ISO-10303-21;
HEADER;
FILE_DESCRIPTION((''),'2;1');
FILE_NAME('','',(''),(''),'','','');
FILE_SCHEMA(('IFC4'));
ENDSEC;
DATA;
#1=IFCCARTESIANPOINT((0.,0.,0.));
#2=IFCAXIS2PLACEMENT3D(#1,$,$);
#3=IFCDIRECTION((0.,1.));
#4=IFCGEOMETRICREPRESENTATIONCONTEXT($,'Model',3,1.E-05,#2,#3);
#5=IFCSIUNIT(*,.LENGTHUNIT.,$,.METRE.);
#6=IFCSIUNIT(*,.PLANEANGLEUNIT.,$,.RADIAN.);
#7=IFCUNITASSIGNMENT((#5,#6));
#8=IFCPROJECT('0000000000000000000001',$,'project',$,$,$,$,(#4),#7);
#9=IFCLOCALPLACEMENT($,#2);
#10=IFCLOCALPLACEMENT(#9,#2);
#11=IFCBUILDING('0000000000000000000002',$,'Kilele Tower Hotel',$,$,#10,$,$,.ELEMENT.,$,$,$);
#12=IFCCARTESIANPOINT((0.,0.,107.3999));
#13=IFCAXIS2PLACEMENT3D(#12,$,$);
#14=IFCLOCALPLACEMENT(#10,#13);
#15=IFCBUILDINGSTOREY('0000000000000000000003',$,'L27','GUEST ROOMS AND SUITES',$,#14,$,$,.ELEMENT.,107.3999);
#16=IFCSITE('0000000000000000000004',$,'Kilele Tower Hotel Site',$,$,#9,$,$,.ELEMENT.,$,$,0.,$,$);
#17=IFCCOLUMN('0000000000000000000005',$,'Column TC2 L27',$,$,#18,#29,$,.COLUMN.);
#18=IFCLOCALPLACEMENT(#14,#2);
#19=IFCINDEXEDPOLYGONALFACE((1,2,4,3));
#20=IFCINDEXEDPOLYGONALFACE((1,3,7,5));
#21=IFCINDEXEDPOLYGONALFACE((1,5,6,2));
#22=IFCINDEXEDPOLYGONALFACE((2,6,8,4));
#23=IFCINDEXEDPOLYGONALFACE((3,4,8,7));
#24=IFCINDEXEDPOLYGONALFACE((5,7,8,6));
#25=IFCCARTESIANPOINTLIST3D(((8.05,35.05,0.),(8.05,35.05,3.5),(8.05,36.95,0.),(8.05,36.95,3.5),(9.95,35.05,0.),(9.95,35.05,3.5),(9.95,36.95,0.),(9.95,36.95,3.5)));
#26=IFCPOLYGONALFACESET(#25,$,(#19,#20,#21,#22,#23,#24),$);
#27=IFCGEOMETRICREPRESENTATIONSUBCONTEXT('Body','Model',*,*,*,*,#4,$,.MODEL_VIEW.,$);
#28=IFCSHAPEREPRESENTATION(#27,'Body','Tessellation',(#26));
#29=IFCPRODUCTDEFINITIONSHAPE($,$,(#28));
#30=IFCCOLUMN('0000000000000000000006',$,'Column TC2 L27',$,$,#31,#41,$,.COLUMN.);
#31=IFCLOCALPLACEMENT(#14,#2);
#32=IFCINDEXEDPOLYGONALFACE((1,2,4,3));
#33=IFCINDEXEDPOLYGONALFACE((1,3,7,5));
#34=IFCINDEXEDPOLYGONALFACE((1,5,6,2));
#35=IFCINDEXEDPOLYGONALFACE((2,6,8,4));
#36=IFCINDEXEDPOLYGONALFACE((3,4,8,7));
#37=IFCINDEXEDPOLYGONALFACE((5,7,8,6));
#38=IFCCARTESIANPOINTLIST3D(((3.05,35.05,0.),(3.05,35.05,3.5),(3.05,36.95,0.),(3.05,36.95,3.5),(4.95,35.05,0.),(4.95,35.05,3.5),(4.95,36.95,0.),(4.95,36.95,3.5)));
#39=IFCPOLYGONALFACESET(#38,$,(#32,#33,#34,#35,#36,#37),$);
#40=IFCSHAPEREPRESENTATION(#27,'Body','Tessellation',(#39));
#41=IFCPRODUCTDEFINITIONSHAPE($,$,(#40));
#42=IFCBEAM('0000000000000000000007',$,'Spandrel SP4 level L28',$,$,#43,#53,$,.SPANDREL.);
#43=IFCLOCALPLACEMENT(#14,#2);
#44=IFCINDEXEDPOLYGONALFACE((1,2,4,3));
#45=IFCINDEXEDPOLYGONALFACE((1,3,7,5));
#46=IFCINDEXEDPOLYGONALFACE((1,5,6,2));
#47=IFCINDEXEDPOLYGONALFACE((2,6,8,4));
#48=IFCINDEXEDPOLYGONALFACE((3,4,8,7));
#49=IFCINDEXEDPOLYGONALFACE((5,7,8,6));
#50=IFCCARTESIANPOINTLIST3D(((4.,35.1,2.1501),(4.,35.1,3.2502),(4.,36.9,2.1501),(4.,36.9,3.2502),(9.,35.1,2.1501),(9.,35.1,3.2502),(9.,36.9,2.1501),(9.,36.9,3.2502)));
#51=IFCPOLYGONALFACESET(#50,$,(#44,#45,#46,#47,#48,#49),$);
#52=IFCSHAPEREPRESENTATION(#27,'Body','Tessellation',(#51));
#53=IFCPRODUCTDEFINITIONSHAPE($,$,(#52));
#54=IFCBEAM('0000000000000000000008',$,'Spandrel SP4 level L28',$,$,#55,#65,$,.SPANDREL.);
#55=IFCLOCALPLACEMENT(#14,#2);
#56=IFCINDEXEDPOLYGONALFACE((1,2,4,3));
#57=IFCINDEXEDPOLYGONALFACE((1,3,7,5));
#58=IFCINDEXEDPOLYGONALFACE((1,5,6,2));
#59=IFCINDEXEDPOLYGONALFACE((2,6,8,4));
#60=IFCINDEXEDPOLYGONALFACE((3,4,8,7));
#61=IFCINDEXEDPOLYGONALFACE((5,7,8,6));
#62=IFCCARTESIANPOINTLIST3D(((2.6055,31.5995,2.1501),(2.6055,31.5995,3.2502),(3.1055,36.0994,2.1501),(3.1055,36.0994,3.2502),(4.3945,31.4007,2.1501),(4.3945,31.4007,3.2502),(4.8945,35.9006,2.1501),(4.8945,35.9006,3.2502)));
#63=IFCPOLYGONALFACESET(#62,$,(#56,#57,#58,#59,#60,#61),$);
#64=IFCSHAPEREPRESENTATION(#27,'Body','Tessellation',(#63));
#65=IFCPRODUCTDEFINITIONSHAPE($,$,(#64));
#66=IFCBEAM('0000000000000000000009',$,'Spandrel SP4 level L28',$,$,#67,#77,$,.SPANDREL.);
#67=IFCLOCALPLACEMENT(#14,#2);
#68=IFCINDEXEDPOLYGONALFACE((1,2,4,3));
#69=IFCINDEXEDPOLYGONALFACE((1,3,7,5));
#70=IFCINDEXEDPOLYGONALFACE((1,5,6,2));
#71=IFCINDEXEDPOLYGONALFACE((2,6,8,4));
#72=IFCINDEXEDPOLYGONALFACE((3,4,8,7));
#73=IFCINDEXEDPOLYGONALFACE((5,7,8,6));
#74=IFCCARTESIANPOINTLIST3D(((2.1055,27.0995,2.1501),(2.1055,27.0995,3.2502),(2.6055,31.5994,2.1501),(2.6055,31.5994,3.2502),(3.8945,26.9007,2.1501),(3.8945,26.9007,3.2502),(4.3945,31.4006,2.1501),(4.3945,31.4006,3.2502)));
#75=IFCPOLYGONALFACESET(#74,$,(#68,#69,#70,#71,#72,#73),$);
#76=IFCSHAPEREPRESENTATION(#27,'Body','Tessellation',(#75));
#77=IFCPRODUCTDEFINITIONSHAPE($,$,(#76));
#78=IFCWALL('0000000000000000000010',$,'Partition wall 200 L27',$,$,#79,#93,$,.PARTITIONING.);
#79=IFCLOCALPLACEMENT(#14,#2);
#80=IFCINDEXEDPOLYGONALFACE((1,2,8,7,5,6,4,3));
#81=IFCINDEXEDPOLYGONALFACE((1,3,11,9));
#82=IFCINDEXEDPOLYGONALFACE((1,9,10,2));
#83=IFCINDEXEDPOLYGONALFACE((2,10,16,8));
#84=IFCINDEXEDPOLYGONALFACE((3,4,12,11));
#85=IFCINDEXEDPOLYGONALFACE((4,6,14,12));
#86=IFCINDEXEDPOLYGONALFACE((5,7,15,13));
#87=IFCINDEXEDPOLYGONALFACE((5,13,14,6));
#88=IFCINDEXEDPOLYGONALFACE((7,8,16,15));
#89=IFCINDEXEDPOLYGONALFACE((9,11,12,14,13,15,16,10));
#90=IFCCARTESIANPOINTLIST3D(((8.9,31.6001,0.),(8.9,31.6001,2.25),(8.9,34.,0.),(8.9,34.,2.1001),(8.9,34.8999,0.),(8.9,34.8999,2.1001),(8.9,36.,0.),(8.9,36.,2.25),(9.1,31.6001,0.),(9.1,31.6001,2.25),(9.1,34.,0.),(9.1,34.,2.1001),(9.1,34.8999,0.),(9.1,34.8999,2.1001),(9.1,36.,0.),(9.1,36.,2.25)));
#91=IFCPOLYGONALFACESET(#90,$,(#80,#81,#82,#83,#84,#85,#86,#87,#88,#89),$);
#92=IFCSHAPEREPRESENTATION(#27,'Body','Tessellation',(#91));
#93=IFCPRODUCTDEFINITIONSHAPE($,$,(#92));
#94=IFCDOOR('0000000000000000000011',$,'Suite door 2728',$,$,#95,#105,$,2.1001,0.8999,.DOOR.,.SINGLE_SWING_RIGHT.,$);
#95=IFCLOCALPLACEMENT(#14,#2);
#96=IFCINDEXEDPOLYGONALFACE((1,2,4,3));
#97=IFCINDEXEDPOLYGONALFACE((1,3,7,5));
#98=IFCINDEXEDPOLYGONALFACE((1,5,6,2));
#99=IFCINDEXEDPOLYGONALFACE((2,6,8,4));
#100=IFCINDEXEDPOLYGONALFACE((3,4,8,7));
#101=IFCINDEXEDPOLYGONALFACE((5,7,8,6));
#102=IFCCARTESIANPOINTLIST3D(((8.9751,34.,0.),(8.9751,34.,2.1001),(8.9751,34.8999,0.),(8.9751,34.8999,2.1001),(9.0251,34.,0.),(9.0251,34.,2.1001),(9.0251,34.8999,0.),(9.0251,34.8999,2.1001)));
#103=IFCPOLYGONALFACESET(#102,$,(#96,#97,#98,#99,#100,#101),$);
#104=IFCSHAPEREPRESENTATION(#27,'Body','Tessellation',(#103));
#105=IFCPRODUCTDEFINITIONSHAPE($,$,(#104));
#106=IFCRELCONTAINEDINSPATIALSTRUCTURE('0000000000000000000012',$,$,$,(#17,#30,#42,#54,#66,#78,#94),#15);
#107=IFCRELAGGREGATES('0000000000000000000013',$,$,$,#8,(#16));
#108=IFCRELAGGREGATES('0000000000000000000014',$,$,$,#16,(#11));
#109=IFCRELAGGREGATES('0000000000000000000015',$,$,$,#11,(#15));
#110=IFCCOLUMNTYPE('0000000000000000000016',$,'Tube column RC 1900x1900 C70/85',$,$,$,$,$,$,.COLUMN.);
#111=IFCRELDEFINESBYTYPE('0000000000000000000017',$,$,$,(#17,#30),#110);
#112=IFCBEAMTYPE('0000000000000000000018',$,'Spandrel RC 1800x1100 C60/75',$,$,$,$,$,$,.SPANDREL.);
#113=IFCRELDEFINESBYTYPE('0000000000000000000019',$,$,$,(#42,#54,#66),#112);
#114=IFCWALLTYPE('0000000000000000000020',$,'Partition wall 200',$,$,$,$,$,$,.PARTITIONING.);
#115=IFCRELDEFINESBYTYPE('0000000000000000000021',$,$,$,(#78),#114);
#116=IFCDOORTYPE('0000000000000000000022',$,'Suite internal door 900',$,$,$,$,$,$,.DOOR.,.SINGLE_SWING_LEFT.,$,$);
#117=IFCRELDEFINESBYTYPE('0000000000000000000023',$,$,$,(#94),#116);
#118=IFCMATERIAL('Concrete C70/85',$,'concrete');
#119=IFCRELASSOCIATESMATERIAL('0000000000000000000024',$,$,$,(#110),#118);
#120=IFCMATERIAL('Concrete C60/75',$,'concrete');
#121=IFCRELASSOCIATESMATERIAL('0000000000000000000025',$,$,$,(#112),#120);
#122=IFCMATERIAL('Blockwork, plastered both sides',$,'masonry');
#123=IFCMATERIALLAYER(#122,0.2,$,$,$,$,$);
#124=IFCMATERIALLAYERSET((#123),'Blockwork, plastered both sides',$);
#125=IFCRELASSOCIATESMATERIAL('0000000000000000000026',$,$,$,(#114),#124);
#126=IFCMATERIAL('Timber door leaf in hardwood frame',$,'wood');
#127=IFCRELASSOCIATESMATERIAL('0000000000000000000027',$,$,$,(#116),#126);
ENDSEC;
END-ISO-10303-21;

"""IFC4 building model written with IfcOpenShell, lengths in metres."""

from ifc_helpers import new_model, si_unit, direction, frame, frame_2d, origin, origin_2d, place, context, subcontext, project, spatial, rectangle, extrude, material, layer, layer_set, material_profile, profile_set, type_object, element, fill, save


model = new_model("IFC4")

# Units and contexts
model_context = context("Model", 3, precision=1e-05, world=origin(), true_north=direction((0.0, 1.0)))
body_context = subcontext(model_context, "Body", "Model", "MODEL_VIEW")
ifc_project = project(units=[si_unit("LENGTHUNIT", "METRE"), si_unit("PLANEANGLEUNIT", "RADIAN")], contexts=[model_context])

# Site, building, storey
site_placement = place(None, origin())
site = spatial("IfcSite", under=ifc_project, at=site_placement, Name="Kilele Tower Hotel Site", CompositionType="ELEMENT", RefElevation=0.0)
building_placement = place(site_placement, origin())
building = spatial("IfcBuilding", under=site, at=building_placement, Name="Kilele Tower Hotel", CompositionType="ELEMENT")
storey_placement = place(building_placement, frame((0.0, 0.0, 107.3999)))
storey = spatial("IfcBuildingStorey", under=building, at=storey_placement, Name="L27", Description="GUEST ROOMS AND SUITES", CompositionType="ELEMENT", Elevation=107.3999)

# Columns
ifc_material_1 = material(Name="Concrete C70/85", Category="concrete")
ifc_material_profile_1 = material_profile(ifc_material_1, rectangle(XDim=1.8999, YDim=1.8999, at=origin_2d()))
ifc_profile_set_1 = profile_set([ifc_material_profile_1], Name="Concrete C70/85")
column_type = type_object("IfcColumnType", Name="Tube column RC 1900x1900 C70/85", PredefinedType="COLUMN", material=ifc_profile_set_1)
for number, where, z_axis, x_axis, name in (
    (1, (9.0, 36.0, 0.0), (0.0, 0.0, 1.0), (1.0, 0.0, 0.0), "Column TC2 L27"),
    (2, (4.0, 36.0, 0.0), (0.0, 0.0, 1.0), (1.0, 0.0, 0.0), "Column TC2 L27"),
):
    element("IfcColumn", number, at=place(storey_placement, frame(where, z_axis=z_axis, x_axis=x_axis)), inside=storey, type_object=column_type, Name=name, PredefinedType="COLUMN", context=body_context, shape_type="SweptSolid", body=[
        extrude(rectangle(XDim=1.8999, YDim=1.8999, at=origin_2d()), origin(), (0.0, 0.0, 1.0), 3.5),
    ])

# Beams
ifc_material_2 = material(Name="Concrete C60/75", Category="concrete")
ifc_material_profile_2 = material_profile(ifc_material_2, rectangle(XDim=1.8, YDim=1.1001, at=origin_2d()))
ifc_profile_set_2 = profile_set([ifc_material_profile_2], Name="Concrete C60/75")
beam_type = type_object("IfcBeamType", Name="Spandrel RC 1800x1100 C60/75", PredefinedType="SPANDREL", material=ifc_profile_set_2)
beam_placement = place(storey_placement, frame((9.0, 36.0, 2.7002), z_axis=(-1.0, 0.0, 0.0), x_axis=(0.0, -1.0, 0.0)))
element("IfcBeam", 3, at=beam_placement, inside=storey, type_object=beam_type, Name="Spandrel SP4 level L28", PredefinedType="SPANDREL", context=body_context, shape_type="SweptSolid", body=[
    extrude(rectangle(XDim=1.8, YDim=1.1001, at=origin_2d()), origin(), (0.0, 0.0, 1.0), 5.0),
])
for number, where, z_axis, x_axis, name in (
    (4, (4.0, 36.0, 2.7002), (-0.110432, -0.993884, 0.0), (0.993884, -0.110432, 0.0), "Spandrel SP4 level L28"),
    (5, (3.5, 31.5, 2.7002), (-0.110432, -0.993884, 0.0), (0.993884, -0.110432, 0.0), "Spandrel SP4 level L28"),
):
    element("IfcBeam", number, at=place(storey_placement, frame(where, z_axis=z_axis, x_axis=x_axis)), inside=storey, type_object=beam_type, Name=name, PredefinedType="SPANDREL", context=body_context, shape_type="SweptSolid", body=[
        extrude(rectangle(XDim=1.8, YDim=1.1001, at=origin_2d()), origin(), (0.0, 0.0, 1.0), 4.5276),
    ])

# Wall, opening, door
ifc_material_3 = material(Name="Blockwork, plastered both sides", Category="masonry")
ifc_layer_1 = layer(ifc_material_3, 0.2)
ifc_layer_set_1 = layer_set([ifc_layer_1], Name="Blockwork, plastered both sides")
wall_type_1 = type_object("IfcWallType", Name="Partition wall 200", PredefinedType="PARTITIONING", material=ifc_layer_set_1)
wall_1_placement = place(storey_placement, frame((9.0, 31.6001, 0.0), z_axis=(0.0, 0.0, 1.0), x_axis=(0.0, 1.0, 0.0)))
wall_1 = element("IfcWall", 6, at=wall_1_placement, inside=storey, type_object=wall_type_1, Name="Partition wall 200 L27", PredefinedType="PARTITIONING", context=body_context, shape_type="SweptSolid", body=[
    extrude(rectangle(XDim=4.3999, YDim=0.2, at=frame_2d((2.2, 0.0))), origin(), (0.0, 0.0, 1.0), 2.25),
])
opening_1_placement = place(wall_1_placement, frame((2.3999, 0.0, 0.0)))
opening_1 = element("IfcOpeningElement", 7, at=opening_1_placement, cuts=wall_1, PredefinedType="OPENING", context=body_context, shape_type="SweptSolid", body=[
    extrude(rectangle(XDim=0.8999, YDim=2.1001, at=frame_2d((0.45, 1.05))), frame((0.0, 0.1099, 0.0), z_axis=(0.0, -1.0, 0.0), x_axis=(1.0, 0.0, 0.0)), (0.0, 0.0, 1.0), 0.22),
])
ifc_material_4 = material(Name="Timber door leaf in hardwood frame", Category="wood")
door_type = type_object("IfcDoorType", Name="Suite internal door 900", OperationType="SINGLE_SWING_LEFT", PredefinedType="DOOR", material=ifc_material_4)
door_placement = place(opening_1_placement, origin())
door = element("IfcDoor", 8, at=door_placement, inside=storey, type_object=door_type, Name="Suite door 2728", OperationType="SINGLE_SWING_RIGHT", OverallHeight=2.1001, OverallWidth=0.8999, PredefinedType="DOOR", context=body_context, shape_type="SweptSolid", body=[
    extrude(rectangle(XDim=0.8999, YDim=2.1001, at=frame_2d((0.45, 1.05))), frame((0.0, 0.0249, 0.0), z_axis=(0.0, -1.0, 0.0), x_axis=(1.0, 0.0, 0.0)), (0.0, 0.0, 1.0), 0.05),
])
fill(opening_1, door)

save(model, "model.ifc")
